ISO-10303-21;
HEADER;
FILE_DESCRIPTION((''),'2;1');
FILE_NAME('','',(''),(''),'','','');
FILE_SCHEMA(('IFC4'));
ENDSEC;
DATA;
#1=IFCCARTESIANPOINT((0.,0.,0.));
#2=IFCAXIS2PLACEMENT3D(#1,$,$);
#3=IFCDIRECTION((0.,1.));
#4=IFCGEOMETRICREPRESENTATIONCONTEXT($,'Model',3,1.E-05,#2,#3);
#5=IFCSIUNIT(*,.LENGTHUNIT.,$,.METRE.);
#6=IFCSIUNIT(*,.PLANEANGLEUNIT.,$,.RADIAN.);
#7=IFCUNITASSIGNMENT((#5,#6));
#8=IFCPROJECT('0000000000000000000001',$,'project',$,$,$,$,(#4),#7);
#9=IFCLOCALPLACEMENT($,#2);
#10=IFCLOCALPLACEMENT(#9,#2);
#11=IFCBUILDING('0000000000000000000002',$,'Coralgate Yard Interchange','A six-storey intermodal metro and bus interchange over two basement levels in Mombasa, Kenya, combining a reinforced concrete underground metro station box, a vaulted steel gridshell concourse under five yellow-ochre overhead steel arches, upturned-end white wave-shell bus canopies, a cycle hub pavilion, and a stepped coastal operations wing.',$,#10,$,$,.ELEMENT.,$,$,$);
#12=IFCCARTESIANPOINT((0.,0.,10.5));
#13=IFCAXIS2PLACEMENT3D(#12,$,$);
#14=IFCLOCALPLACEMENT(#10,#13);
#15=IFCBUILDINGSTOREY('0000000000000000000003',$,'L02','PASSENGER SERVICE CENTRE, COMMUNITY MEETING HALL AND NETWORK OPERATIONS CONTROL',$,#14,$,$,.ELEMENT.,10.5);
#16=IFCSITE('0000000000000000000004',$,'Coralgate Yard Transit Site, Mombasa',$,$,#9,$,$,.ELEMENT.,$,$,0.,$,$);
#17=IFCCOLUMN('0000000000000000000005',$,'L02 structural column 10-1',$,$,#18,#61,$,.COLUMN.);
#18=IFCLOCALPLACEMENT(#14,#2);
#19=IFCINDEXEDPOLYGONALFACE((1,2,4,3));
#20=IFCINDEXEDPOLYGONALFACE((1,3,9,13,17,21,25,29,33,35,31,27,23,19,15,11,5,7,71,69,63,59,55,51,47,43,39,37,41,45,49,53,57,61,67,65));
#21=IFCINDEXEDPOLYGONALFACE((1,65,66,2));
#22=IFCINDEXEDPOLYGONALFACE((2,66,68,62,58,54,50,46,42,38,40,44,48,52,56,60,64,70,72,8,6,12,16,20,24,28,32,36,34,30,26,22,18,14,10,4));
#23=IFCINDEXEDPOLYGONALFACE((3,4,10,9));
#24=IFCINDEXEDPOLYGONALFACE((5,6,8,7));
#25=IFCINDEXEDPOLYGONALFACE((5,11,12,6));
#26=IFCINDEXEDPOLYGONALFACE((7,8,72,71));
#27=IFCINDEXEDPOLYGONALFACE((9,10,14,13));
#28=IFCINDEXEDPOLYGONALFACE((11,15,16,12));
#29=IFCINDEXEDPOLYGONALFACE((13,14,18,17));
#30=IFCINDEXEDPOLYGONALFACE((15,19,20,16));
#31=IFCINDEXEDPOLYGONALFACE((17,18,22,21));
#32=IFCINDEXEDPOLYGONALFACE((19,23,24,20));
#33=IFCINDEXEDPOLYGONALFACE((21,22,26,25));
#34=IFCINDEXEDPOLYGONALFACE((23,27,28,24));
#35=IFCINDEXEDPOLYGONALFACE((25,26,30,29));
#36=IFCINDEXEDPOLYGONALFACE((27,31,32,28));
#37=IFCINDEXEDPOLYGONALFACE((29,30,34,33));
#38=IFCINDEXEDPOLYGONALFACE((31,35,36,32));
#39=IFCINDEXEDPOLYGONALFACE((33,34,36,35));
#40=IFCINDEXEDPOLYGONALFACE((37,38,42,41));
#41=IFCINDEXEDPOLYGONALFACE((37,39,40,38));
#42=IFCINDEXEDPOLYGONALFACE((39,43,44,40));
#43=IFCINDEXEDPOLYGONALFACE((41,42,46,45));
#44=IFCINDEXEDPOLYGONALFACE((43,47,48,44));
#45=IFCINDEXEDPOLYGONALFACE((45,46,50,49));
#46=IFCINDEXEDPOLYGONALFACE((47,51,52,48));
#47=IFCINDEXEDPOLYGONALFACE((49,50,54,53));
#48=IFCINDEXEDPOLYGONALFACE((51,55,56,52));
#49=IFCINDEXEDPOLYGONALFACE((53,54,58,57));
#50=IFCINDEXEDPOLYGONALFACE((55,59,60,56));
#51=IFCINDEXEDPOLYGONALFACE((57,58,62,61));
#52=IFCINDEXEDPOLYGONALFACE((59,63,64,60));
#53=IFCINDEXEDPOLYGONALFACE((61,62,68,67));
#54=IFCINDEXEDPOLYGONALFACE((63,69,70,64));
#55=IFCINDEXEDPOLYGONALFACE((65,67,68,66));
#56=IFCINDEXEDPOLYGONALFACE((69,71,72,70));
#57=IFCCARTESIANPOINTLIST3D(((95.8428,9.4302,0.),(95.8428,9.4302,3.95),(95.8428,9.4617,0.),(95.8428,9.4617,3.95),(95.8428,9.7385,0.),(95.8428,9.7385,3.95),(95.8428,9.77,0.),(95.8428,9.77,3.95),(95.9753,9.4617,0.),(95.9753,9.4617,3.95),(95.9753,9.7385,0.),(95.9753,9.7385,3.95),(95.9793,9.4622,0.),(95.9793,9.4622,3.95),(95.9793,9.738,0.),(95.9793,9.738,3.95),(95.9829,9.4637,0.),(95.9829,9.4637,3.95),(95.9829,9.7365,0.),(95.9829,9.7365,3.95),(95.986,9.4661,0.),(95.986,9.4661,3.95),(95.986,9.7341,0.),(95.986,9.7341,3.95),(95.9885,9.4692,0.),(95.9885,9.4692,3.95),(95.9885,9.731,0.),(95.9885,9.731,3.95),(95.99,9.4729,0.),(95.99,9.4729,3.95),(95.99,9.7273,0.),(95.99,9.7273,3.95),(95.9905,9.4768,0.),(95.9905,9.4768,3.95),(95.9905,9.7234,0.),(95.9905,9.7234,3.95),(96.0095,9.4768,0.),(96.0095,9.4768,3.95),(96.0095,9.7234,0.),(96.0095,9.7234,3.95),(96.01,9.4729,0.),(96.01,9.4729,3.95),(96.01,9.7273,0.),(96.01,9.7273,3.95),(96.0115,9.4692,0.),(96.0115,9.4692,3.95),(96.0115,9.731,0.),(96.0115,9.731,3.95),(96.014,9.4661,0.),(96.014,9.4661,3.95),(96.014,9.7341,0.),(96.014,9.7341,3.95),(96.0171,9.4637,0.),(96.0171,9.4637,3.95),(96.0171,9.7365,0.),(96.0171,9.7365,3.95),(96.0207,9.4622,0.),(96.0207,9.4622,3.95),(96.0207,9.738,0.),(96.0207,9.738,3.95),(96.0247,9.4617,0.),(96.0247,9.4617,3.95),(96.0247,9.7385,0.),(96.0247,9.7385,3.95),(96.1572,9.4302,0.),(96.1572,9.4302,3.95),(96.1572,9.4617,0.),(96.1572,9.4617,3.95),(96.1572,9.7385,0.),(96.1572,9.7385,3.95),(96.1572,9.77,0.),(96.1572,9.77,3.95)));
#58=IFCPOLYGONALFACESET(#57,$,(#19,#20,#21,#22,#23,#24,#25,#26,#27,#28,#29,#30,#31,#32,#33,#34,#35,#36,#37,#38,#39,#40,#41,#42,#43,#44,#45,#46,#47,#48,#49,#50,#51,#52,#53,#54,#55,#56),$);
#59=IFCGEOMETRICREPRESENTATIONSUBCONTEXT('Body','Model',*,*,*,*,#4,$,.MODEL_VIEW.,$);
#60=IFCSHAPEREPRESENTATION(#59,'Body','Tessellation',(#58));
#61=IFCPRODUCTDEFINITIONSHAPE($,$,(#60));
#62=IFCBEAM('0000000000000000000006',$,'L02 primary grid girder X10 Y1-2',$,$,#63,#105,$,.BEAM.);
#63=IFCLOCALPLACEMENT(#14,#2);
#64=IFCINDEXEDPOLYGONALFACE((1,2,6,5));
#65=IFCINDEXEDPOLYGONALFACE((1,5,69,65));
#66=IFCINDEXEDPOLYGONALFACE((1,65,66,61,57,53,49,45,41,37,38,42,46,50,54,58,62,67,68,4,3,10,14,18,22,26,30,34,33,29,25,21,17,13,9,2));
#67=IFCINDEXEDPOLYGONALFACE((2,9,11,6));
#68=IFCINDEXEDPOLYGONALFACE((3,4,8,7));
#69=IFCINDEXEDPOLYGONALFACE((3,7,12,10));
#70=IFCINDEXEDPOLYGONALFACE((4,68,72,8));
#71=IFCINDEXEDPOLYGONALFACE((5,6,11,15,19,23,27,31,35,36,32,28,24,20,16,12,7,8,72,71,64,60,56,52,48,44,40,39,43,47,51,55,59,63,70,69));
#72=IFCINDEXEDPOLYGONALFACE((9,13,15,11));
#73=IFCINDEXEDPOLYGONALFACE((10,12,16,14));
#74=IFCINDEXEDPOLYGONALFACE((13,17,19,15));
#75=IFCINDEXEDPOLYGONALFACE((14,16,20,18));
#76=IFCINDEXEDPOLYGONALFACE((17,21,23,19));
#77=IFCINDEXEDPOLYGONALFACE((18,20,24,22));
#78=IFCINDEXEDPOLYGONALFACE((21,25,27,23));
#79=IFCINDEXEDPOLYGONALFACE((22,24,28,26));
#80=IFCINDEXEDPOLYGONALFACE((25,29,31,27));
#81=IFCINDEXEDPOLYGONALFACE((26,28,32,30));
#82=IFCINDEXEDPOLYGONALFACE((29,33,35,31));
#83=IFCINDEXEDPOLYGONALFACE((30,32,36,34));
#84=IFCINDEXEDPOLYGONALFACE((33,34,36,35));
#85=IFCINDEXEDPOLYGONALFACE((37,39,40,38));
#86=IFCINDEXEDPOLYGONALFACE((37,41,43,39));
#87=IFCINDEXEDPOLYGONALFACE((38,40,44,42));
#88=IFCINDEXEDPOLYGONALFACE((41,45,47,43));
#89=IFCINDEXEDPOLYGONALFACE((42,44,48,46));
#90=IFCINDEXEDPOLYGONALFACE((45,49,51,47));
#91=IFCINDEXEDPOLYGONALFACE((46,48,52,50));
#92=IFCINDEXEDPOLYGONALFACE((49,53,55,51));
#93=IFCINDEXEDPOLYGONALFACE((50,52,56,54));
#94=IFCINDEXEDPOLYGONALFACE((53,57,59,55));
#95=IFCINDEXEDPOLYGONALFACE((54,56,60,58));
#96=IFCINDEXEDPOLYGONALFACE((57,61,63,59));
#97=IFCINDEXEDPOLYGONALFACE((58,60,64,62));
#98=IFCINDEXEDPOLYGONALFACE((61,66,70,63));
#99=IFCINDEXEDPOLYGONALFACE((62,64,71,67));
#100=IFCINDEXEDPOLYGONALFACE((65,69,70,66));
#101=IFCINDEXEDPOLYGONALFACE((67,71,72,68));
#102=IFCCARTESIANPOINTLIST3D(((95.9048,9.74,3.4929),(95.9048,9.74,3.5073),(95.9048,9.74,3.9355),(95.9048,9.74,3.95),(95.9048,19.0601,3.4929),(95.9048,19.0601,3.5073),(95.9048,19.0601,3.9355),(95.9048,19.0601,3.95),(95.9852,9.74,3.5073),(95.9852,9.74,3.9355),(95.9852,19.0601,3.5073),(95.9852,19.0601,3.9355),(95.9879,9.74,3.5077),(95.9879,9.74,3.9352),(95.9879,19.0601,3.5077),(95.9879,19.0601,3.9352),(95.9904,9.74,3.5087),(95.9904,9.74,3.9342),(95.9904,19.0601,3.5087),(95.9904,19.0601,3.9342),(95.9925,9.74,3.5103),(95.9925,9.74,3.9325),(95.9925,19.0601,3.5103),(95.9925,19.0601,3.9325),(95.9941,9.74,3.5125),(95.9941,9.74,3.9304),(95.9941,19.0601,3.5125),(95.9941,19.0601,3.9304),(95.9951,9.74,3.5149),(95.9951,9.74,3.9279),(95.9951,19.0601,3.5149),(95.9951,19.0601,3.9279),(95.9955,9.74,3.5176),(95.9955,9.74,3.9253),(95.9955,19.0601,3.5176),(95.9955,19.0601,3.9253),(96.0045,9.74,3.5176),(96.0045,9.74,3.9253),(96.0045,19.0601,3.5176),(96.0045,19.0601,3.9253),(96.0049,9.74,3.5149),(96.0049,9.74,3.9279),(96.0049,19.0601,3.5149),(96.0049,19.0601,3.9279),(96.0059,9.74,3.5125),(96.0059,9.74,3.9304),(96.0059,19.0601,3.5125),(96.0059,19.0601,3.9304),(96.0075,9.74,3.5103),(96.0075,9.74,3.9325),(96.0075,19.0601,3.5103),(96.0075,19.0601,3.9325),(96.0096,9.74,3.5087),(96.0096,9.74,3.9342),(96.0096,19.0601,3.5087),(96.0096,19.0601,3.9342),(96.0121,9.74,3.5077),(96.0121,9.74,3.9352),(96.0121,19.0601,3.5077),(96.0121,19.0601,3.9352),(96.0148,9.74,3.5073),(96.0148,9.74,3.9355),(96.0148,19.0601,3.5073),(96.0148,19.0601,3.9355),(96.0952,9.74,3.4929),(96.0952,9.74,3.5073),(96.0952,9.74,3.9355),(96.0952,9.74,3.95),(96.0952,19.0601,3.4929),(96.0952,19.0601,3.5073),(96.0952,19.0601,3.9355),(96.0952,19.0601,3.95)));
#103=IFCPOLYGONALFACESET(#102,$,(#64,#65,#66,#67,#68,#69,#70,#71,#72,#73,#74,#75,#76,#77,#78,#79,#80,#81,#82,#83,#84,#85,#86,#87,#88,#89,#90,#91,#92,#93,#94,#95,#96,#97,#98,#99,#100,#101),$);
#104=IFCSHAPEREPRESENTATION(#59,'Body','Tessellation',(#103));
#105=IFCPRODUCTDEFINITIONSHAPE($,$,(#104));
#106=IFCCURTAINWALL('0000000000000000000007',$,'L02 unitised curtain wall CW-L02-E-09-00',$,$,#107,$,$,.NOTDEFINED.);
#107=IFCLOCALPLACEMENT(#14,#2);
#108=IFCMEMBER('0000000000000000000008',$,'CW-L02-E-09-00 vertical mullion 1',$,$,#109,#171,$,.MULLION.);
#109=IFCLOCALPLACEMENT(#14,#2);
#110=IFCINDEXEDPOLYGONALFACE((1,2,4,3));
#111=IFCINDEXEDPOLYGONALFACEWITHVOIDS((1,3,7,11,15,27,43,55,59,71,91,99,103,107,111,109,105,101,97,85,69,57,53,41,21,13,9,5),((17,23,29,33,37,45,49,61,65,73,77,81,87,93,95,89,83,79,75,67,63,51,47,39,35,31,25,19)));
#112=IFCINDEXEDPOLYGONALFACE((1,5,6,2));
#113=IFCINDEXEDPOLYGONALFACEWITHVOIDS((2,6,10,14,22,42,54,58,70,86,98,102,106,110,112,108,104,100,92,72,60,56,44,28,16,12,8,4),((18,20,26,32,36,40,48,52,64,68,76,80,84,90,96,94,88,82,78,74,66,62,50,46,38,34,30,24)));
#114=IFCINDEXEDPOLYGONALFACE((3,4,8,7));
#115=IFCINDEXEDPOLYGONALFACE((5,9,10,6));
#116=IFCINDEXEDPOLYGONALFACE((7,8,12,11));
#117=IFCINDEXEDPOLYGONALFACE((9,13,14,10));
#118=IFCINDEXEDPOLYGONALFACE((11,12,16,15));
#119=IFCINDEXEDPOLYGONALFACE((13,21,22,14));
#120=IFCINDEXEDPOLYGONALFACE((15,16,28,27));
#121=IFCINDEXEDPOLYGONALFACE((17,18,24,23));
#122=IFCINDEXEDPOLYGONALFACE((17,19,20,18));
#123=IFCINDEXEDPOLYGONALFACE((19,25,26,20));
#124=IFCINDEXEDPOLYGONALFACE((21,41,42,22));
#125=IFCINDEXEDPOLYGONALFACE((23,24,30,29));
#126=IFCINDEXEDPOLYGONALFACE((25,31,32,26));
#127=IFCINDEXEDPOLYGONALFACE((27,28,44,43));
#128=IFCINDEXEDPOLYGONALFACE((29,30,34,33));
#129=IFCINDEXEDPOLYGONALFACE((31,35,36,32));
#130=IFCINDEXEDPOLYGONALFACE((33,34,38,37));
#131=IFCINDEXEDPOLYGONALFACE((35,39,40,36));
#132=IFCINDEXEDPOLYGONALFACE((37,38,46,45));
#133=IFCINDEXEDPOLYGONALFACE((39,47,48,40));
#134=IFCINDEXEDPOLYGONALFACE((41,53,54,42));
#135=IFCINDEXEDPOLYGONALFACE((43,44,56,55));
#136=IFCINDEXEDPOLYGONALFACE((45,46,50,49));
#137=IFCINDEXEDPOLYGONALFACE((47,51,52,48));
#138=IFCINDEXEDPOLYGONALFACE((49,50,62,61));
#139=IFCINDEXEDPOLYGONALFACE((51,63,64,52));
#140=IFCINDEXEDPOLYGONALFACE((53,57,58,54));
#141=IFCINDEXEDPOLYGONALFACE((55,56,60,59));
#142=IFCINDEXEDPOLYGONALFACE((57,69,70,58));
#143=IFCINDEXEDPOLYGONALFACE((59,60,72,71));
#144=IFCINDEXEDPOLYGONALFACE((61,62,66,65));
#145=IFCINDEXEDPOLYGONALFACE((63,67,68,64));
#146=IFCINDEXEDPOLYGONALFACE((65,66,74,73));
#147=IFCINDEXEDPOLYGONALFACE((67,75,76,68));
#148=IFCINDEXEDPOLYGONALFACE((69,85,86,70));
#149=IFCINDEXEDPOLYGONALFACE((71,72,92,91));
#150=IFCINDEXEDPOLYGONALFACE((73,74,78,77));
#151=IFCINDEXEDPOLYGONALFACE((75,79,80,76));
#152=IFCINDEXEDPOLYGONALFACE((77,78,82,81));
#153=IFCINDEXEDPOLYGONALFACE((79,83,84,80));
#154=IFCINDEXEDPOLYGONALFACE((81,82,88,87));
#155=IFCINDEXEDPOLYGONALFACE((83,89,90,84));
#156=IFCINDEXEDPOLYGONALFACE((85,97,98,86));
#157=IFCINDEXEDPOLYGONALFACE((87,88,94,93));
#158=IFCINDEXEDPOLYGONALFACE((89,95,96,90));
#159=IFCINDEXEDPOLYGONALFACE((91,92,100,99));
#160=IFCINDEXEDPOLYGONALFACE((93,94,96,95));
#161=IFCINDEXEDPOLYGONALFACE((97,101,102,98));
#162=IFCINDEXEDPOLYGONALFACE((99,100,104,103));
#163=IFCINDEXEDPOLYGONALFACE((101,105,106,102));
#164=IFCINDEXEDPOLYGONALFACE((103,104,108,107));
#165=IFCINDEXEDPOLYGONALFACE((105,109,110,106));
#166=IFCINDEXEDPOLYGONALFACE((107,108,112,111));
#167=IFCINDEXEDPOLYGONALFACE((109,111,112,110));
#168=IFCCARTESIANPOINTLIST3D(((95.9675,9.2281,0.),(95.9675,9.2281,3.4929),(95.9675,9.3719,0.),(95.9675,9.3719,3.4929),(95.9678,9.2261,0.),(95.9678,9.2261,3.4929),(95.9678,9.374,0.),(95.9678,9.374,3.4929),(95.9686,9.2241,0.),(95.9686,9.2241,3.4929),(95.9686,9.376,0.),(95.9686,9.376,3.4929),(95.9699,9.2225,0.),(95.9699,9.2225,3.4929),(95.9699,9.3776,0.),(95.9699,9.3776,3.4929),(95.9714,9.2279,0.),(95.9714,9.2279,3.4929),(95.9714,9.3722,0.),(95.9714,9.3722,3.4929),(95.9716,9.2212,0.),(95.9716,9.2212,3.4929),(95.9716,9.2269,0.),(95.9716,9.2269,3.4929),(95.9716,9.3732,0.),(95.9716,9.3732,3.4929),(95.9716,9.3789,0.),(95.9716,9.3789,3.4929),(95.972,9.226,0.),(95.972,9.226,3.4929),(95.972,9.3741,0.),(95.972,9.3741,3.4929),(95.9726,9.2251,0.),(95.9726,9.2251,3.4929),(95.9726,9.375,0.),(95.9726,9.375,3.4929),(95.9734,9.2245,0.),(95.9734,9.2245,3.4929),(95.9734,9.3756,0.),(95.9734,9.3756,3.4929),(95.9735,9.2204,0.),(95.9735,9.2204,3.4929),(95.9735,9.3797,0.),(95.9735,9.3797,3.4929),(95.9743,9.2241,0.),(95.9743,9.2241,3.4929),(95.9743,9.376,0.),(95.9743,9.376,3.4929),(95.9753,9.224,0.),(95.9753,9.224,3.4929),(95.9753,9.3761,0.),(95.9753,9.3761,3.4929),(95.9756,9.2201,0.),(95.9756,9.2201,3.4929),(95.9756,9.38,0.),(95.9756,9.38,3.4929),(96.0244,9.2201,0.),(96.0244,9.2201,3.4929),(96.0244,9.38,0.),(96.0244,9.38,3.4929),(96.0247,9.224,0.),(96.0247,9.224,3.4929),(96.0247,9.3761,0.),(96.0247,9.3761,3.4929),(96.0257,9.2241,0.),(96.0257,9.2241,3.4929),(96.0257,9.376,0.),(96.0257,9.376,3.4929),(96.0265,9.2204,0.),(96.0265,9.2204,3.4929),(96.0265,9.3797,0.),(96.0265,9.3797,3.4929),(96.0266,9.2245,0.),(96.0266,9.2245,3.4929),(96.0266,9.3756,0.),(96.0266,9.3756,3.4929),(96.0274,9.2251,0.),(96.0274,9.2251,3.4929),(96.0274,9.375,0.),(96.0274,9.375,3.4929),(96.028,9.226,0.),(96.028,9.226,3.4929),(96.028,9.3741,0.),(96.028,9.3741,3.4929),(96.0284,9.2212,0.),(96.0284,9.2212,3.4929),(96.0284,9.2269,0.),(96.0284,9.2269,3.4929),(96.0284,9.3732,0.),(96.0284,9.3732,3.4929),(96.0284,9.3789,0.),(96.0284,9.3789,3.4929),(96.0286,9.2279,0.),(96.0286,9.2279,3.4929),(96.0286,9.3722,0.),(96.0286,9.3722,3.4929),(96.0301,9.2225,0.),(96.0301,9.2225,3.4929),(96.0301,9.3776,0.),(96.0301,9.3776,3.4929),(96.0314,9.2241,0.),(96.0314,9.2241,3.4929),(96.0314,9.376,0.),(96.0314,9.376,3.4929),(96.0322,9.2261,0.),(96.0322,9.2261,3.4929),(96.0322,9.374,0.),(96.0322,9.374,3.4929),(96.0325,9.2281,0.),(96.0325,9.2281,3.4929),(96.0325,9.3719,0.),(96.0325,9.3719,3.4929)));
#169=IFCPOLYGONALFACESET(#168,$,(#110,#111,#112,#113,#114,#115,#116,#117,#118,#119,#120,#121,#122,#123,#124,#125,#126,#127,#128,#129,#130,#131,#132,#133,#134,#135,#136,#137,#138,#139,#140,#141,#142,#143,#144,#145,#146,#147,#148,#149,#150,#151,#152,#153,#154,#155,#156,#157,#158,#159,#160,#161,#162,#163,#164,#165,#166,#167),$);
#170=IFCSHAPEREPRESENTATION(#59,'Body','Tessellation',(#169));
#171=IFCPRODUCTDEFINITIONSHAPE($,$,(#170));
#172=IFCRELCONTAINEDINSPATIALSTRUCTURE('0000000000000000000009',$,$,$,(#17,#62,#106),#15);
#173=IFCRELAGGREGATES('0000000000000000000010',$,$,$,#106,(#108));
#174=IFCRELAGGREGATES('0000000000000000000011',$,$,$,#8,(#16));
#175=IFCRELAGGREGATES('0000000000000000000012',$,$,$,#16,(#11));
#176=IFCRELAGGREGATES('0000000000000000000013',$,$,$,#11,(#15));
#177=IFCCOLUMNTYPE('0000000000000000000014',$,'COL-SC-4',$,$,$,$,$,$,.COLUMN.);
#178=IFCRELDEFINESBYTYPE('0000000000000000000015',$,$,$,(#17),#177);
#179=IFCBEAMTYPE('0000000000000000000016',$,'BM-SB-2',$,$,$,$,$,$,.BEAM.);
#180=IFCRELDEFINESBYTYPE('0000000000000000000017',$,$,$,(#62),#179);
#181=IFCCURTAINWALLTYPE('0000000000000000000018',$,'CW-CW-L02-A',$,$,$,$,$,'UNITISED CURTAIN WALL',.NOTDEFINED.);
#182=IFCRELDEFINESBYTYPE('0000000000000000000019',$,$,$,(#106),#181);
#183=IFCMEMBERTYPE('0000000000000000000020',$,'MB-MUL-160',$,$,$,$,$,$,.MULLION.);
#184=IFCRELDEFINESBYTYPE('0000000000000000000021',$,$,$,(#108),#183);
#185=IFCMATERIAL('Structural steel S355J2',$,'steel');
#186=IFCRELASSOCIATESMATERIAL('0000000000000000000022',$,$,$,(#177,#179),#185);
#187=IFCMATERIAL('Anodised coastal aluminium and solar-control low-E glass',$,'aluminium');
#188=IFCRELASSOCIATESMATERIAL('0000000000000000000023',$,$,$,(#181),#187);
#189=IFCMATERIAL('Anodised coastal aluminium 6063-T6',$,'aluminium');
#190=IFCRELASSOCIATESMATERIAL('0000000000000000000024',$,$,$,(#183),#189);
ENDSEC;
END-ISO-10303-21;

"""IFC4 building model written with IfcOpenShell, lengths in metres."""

from ifc_helpers import new_model, si_unit, direction, frame, origin, origin_2d, place, context, subcontext, project, spatial, hollow_rectangle, i_section, extrude, material, material_profile, profile_set, type_object, element, aggregate, save


model = new_model("IFC4")

# Units and contexts
model_context = context("Model", 3, precision=1e-05, world=origin(), true_north=direction((0.0, 1.0)))
body_context = subcontext(model_context, "Body", "Model", "MODEL_VIEW")
ifc_project = project(units=[si_unit("LENGTHUNIT", "METRE"), si_unit("PLANEANGLEUNIT", "RADIAN")], contexts=[model_context])

# Site, building, storey
site_placement = place(None, origin())
site = spatial("IfcSite", under=ifc_project, at=site_placement, Name="Coralgate Yard Transit Site, Mombasa", CompositionType="ELEMENT", RefElevation=0.0)
building_placement = place(site_placement, origin())
building = spatial("IfcBuilding", under=site, at=building_placement, Name="Coralgate Yard Interchange", Description="A six-storey intermodal metro and bus interchange over two basement levels in Mombasa, Kenya, combining a reinforced concrete underground metro station box, a vaulted steel gridshell concourse under five yellow-ochre overhead steel arches, upturned-end white wave-shell bus canopies, a cycle hub pavilion, and a stepped coastal operations wing.", CompositionType="ELEMENT")
storey_placement = place(building_placement, frame((0.0, 0.0, 10.5)))
storey = spatial("IfcBuildingStorey", under=building, at=storey_placement, Name="L02", Description="PASSENGER SERVICE CENTRE, COMMUNITY MEETING HALL AND NETWORK OPERATIONS CONTROL", CompositionType="ELEMENT", Elevation=10.5)

# Column
ifc_material_1 = material(Name="Structural steel S355J2", Category="steel")
ifc_material_profile_1 = material_profile(ifc_material_1, i_section(OverallWidth=0.3145, OverallDepth=0.3398, WebThickness=0.019, FlangeThickness=0.0315, FilletRadius=0.0151, at=origin_2d()), Name="UC 305x305x198")
ifc_profile_set_1 = profile_set([ifc_material_profile_1], Name="Structural steel S355J2")
column_type = type_object("IfcColumnType", Name="COL-SC-4", PredefinedType="COLUMN", material=ifc_profile_set_1)
column_placement = place(storey_placement, frame((96.0, 9.6001, 0.0), z_axis=(0.0, 0.0, 1.0), x_axis=(1.0, 0.0, 0.0)))
element("IfcColumn", 1, at=column_placement, inside=storey, type_object=column_type, Name="L02 structural column 10-1", PredefinedType="COLUMN", context=body_context, shape_type="SweptSolid", body=[
    extrude(i_section(OverallWidth=0.3145, OverallDepth=0.3398, WebThickness=0.019, FlangeThickness=0.0315, FilletRadius=0.0151, at=origin_2d()), origin(), (0.0, 0.0, 1.0), 3.95),
])

# Beam
ifc_material_profile_2 = material_profile(ifc_material_1, i_section(OverallWidth=0.1904, OverallDepth=0.457, WebThickness=0.009, FlangeThickness=0.0144, FilletRadius=0.0103, at=origin_2d()), Name="UB 457x191x74")
ifc_profile_set_2 = profile_set([ifc_material_profile_2], Name="Structural steel S355J2")
beam_type = type_object("IfcBeamType", Name="BM-SB-2", PredefinedType="BEAM", material=ifc_profile_set_2)
beam_placement = place(storey_placement, frame((96.0, 9.74, 3.7214), z_axis=(0.0, 1.0, 0.0), x_axis=(-1.0, 0.0, 0.0)))
element("IfcBeam", 2, at=beam_placement, inside=storey, type_object=beam_type, Name="L02 primary grid girder X10 Y1-2", PredefinedType="BEAM", context=body_context, shape_type="SweptSolid", body=[
    extrude(i_section(OverallWidth=0.1904, OverallDepth=0.457, WebThickness=0.009, FlangeThickness=0.0144, FilletRadius=0.0103, at=origin_2d()), origin(), (0.0, 0.0, 1.0), 9.3201),
])

# Curtain wall, member
ifc_material_2 = material(Name="Anodised coastal aluminium and solar-control low-E glass", Category="aluminium")
curtain_wall_type = type_object("IfcCurtainWallType", Name="CW-CW-L02-A", ElementType="UNITISED CURTAIN WALL", PredefinedType="NOTDEFINED", material=ifc_material_2)
curtain_wall_1_placement = place(storey_placement, origin())
curtain_wall_1 = element("IfcCurtainWall", 3, at=curtain_wall_1_placement, inside=storey, type_object=curtain_wall_type, Name="L02 unitised curtain wall CW-L02-E-09-00", PredefinedType="NOTDEFINED")
ifc_material_3 = material(Name="Anodised coastal aluminium 6063-T6", Category="aluminium")
ifc_material_profile_3 = material_profile(ifc_material_3, hollow_rectangle(XDim=0.0649, YDim=0.1599, WallThickness=0.0039, InnerFilletRadius=0.0039, OuterFilletRadius=0.0081, at=origin_2d()), Name="ALU 65x160x4")
ifc_profile_set_3 = profile_set([ifc_material_profile_3], Name="Anodised coastal aluminium 6063-T6")
member_type_1 = type_object("IfcMemberType", Name="MB-MUL-160", PredefinedType="MULLION", material=ifc_profile_set_3)
member_1_placement = place(storey_placement, frame((96.0, 9.3, 0.0), z_axis=(0.0, 0.0, 1.0), x_axis=(1.0, 0.0, 0.0)))
member_1 = element("IfcMember", 4, at=member_1_placement, type_object=member_type_1, Name="CW-L02-E-09-00 vertical mullion 1", PredefinedType="MULLION", context=body_context, shape_type="SweptSolid", body=[
    extrude(hollow_rectangle(XDim=0.0649, YDim=0.1599, WallThickness=0.0039, InnerFilletRadius=0.0039, OuterFilletRadius=0.0081, at=origin_2d()), origin(), (0.0, 0.0, 1.0), 3.4929),
])

aggregate(curtain_wall_1, [member_1])

save(model, "model.ifc")
